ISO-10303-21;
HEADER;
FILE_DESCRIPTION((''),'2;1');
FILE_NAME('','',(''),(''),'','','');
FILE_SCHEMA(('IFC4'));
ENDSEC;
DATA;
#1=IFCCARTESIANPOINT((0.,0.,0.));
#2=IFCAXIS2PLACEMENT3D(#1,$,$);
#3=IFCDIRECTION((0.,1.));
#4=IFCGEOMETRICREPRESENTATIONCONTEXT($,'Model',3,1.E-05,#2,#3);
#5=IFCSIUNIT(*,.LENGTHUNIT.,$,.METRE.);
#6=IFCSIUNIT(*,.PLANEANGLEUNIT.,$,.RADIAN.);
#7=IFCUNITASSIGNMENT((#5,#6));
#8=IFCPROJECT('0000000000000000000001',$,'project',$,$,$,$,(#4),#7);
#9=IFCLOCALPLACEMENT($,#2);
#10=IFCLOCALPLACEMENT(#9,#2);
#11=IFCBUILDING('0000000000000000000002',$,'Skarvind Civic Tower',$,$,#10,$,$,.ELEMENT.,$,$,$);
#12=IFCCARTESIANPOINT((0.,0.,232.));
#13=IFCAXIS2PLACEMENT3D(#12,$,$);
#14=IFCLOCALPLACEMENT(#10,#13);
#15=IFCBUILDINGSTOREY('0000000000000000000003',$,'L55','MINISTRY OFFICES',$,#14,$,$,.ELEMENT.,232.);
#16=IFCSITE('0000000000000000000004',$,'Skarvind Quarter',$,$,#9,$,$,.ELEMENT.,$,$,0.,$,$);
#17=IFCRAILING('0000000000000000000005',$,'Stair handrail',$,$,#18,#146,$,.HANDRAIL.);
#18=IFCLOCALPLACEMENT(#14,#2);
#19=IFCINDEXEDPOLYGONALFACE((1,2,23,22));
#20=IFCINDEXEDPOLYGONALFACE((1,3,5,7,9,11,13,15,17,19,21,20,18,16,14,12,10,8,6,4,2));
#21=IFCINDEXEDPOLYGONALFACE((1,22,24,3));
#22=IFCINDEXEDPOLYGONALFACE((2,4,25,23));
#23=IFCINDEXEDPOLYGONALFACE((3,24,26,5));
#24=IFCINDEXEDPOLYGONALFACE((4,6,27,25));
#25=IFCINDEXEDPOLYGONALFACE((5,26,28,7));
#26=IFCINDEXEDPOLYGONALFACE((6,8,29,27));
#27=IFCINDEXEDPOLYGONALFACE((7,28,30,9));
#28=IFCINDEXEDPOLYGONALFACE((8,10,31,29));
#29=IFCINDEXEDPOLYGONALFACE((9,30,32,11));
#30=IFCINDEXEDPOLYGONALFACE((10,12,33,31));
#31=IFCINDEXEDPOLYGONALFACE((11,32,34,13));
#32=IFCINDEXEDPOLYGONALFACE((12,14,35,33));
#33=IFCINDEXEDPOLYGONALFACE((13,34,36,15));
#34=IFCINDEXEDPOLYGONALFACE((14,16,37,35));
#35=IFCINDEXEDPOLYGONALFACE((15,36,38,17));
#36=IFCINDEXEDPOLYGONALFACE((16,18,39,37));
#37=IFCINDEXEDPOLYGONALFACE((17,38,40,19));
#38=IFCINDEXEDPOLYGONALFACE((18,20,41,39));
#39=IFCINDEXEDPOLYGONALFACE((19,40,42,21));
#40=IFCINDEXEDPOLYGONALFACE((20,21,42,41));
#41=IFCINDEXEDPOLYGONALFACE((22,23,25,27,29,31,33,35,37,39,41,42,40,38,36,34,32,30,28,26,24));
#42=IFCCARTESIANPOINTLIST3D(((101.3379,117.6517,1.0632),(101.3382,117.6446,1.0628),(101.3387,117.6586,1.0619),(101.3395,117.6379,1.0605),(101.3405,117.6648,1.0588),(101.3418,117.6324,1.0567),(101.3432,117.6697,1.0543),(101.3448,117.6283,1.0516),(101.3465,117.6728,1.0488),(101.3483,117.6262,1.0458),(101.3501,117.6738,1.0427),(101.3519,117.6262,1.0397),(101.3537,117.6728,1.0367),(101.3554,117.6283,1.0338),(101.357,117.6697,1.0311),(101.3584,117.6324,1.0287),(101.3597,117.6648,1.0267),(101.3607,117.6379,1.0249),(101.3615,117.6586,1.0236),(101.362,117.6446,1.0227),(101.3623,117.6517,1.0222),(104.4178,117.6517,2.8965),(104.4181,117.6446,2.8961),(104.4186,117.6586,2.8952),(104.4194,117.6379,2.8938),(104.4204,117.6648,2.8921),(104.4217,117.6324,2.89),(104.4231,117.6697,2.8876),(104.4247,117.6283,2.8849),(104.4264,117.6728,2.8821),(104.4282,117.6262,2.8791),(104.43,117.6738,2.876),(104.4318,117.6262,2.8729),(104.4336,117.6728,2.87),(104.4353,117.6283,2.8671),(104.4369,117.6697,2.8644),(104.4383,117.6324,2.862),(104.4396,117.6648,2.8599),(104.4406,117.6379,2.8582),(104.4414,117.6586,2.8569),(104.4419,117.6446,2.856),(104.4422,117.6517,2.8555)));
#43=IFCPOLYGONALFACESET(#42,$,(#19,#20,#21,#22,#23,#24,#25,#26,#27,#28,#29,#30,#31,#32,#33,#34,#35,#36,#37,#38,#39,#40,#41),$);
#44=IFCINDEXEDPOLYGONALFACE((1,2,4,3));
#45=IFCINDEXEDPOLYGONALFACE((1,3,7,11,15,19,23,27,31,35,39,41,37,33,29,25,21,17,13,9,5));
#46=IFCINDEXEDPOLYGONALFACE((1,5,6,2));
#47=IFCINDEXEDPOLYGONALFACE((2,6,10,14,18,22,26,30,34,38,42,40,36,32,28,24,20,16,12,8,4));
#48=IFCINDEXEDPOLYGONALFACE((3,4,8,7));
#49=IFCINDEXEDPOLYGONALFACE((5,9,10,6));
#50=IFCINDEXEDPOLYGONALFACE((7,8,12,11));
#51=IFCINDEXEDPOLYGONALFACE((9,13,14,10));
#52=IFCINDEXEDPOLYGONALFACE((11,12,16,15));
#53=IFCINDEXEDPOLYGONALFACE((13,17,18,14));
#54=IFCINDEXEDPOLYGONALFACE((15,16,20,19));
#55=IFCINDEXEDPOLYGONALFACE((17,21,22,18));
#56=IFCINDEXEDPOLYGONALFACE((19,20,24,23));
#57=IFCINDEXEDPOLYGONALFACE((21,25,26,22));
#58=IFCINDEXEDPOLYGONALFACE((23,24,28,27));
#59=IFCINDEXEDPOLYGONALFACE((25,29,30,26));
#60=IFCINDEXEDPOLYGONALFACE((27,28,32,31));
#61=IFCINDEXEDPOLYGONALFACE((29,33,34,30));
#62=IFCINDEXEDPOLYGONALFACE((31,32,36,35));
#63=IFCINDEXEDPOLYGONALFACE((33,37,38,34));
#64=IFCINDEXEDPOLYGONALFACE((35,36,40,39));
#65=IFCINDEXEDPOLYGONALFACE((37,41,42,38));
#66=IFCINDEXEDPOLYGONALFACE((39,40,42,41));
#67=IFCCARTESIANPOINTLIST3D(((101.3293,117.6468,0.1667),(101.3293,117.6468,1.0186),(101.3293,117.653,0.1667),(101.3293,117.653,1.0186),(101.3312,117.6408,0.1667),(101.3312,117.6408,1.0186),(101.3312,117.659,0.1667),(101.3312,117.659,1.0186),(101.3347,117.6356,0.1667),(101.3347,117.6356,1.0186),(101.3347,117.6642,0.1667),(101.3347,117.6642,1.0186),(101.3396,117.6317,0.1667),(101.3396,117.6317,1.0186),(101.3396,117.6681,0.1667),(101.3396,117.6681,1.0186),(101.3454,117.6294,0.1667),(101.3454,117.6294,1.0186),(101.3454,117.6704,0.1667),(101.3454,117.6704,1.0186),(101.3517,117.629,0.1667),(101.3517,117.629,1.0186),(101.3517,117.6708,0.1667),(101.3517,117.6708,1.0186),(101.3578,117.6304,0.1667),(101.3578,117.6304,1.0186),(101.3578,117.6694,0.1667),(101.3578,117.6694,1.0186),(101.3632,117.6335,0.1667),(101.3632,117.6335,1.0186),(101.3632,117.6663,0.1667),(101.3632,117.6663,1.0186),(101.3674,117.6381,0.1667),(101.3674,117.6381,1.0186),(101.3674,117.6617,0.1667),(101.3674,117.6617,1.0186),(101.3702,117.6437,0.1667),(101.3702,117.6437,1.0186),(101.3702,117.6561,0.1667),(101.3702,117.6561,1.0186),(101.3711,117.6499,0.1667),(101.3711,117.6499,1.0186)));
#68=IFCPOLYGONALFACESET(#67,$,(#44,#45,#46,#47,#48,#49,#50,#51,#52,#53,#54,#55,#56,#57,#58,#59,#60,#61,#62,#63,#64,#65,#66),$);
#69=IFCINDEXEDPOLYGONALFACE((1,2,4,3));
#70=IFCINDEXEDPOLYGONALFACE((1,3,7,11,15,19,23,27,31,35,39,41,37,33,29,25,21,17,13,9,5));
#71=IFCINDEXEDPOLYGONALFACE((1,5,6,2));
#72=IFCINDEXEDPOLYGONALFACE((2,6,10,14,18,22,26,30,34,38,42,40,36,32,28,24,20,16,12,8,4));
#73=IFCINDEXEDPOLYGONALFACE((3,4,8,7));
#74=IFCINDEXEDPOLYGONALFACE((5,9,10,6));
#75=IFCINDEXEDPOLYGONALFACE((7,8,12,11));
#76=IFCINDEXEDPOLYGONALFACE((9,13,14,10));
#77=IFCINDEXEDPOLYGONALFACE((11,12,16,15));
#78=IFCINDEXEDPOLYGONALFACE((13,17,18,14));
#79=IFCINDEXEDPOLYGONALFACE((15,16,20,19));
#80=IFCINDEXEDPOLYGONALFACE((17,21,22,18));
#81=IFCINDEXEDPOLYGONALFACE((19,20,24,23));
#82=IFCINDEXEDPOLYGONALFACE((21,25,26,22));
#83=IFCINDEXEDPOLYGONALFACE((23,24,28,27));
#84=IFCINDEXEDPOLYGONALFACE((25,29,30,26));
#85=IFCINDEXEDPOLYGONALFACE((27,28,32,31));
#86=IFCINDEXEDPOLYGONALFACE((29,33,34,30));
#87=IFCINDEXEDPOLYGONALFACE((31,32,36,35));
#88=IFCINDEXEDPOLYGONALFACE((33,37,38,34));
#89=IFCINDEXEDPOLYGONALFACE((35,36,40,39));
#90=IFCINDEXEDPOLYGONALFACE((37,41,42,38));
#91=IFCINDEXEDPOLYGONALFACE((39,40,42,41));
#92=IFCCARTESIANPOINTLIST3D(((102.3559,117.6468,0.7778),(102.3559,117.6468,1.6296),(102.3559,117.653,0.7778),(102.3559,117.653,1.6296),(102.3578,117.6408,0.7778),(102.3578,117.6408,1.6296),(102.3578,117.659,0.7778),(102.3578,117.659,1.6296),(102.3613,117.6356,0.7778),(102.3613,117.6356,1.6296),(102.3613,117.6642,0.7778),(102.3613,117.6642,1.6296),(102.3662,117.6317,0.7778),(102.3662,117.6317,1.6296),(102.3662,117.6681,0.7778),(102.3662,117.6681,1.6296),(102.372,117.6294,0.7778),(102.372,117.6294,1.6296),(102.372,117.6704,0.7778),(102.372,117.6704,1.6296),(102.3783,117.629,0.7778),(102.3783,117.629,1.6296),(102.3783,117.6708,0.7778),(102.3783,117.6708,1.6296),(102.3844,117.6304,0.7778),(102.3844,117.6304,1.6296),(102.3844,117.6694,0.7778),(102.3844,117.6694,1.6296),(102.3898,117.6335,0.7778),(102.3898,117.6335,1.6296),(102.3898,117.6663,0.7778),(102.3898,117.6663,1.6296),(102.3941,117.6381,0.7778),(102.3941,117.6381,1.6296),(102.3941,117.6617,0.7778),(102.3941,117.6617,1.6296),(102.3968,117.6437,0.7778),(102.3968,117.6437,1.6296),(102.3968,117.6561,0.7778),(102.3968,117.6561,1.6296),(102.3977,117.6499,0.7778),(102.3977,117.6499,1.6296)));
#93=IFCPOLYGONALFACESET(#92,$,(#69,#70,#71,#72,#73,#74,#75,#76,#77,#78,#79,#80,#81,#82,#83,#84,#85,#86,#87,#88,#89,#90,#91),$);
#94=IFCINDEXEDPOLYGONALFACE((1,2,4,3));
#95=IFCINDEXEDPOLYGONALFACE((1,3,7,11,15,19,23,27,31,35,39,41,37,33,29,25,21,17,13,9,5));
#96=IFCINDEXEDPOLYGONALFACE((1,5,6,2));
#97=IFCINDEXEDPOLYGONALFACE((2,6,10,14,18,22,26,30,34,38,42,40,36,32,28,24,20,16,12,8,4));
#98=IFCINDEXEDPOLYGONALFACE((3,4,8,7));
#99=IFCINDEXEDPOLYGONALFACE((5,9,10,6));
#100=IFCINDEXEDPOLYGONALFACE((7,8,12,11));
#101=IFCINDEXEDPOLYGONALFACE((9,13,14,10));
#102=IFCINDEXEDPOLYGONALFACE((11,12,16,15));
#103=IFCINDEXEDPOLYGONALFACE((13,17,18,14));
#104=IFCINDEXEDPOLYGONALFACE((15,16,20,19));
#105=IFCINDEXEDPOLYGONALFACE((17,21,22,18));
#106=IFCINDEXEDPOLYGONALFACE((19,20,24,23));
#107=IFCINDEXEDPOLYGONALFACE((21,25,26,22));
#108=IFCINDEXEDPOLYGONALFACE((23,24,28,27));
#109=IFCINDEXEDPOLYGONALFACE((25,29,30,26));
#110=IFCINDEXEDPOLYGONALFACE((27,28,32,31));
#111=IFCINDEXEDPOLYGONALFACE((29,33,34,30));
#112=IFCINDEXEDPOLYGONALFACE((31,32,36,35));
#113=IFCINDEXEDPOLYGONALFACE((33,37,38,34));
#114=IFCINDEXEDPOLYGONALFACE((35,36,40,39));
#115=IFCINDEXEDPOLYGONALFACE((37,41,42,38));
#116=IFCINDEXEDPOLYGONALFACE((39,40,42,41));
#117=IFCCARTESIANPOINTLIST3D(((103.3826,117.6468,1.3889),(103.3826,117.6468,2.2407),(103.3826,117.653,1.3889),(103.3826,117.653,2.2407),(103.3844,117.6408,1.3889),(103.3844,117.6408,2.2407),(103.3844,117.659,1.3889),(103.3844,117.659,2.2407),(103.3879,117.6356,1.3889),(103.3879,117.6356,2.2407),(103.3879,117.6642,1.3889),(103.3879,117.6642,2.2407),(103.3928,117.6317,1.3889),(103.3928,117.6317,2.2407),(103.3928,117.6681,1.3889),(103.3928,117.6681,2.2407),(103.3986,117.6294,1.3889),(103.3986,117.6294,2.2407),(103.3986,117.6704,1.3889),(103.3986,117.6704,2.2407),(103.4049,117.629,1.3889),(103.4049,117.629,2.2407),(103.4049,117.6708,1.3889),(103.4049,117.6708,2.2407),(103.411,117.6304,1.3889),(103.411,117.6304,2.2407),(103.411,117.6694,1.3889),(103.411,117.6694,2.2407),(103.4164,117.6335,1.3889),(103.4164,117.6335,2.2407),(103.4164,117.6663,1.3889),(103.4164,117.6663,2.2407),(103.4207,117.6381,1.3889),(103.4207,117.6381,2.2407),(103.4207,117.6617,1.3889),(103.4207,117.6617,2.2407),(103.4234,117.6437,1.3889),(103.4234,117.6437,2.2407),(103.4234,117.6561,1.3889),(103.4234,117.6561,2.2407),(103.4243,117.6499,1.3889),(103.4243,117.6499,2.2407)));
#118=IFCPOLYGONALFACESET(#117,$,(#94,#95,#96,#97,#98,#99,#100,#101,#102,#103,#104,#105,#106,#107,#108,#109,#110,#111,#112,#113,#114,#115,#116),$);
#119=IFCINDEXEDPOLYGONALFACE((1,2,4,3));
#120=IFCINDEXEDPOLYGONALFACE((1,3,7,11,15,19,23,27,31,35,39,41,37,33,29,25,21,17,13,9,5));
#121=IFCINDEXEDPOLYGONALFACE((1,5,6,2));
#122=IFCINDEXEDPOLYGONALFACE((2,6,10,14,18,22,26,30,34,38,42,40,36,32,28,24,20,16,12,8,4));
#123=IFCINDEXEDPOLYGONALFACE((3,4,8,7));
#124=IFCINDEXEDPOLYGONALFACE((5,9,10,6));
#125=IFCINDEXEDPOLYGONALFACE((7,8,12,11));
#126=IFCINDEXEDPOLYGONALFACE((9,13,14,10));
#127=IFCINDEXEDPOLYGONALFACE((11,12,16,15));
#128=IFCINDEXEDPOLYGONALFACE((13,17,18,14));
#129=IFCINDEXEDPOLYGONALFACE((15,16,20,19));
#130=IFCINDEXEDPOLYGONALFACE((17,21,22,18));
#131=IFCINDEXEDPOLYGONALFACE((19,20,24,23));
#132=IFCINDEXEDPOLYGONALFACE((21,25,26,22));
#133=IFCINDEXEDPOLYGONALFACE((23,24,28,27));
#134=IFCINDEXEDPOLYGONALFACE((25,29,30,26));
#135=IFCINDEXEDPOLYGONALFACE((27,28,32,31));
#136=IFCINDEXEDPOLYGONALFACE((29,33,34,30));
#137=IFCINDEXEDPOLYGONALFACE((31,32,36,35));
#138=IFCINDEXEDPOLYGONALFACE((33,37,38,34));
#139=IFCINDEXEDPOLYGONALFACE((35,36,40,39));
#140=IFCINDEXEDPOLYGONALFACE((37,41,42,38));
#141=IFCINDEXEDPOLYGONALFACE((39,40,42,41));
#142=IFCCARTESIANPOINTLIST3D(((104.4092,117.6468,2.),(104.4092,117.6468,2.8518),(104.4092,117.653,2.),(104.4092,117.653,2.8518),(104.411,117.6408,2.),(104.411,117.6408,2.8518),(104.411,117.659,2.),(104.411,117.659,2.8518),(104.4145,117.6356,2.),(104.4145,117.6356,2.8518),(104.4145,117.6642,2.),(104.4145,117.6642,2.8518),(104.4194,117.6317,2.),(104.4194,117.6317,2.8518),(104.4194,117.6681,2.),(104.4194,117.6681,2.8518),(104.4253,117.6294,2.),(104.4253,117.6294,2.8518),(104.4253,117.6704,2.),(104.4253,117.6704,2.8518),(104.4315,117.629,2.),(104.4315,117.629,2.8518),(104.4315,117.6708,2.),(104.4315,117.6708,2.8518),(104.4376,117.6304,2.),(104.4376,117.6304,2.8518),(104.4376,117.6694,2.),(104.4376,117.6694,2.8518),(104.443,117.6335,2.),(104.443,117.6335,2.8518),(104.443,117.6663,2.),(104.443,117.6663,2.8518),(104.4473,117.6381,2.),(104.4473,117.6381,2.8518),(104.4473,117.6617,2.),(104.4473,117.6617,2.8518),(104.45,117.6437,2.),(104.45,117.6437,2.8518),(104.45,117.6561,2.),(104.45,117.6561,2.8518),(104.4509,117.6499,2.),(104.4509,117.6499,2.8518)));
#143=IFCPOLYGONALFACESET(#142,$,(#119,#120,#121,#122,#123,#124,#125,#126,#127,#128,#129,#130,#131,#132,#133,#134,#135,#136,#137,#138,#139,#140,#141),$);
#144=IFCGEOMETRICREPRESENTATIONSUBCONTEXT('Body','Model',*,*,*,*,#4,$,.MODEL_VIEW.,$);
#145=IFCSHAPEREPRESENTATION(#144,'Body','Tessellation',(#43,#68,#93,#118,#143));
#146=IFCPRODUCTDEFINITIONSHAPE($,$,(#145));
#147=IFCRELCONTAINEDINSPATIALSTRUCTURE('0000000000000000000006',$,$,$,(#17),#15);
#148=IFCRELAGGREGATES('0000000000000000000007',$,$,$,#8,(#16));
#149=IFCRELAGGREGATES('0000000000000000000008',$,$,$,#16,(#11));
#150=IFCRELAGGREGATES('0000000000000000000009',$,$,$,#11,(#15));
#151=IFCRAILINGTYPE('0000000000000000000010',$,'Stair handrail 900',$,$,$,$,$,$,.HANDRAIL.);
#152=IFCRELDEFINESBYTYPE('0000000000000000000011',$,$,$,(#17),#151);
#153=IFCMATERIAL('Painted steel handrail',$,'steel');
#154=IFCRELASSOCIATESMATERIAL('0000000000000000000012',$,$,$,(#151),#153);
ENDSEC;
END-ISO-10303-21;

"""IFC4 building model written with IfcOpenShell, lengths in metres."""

from ifc_helpers import new_model, si_unit, direction, frame, origin, origin_2d, place, context, subcontext, project, spatial, circle, extrude, material, type_object, element, save


model = new_model("IFC4")

# Units and contexts
model_context = context("Model", 3, precision=1e-05, world=origin(), true_north=direction((0.0, 1.0)))
body_context = subcontext(model_context, "Body", "Model", "MODEL_VIEW")
ifc_project = project(units=[si_unit("LENGTHUNIT", "METRE"), si_unit("PLANEANGLEUNIT", "RADIAN")], contexts=[model_context])

# Site, building, storey
site_placement = place(None, origin())
site = spatial("IfcSite", under=ifc_project, at=site_placement, Name="Skarvind Quarter", CompositionType="ELEMENT", RefElevation=0.0)
building_placement = place(site_placement, origin())
building = spatial("IfcBuilding", under=site, at=building_placement, Name="Skarvind Civic Tower", CompositionType="ELEMENT")
storey_placement = place(building_placement, frame((0.0, 0.0, 232.0)))
storey = spatial("IfcBuildingStorey", under=building, at=storey_placement, Name="L55", Description="MINISTRY OFFICES", CompositionType="ELEMENT", Elevation=232.0)

# Railing
ifc_material_1 = material(Name="Painted steel handrail", Category="steel")
railing_type = type_object("IfcRailingType", Name="Stair handrail 900", PredefinedType="HANDRAIL", material=ifc_material_1)
railing_1_placement = place(storey_placement, frame((101.3501, 117.6499, 0.1667)))
element("IfcRailing", 1, at=railing_1_placement, inside=storey, type_object=railing_type, Name="Stair handrail", PredefinedType="HANDRAIL", context=body_context, shape_type="SweptSolid", body=[
    extrude(circle(Radius=0.0239, at=origin_2d()), frame((0.0, 0.0, 0.876), z_axis=(0.859291, 0.0, 0.511487), x_axis=(0.0, 1.0, 0.0)), (0.0, 0.0, 1.0), 3.5842),
    extrude(circle(Radius=0.021, at=origin_2d()), origin(), (0.0, 0.0, 1.0), 0.8518),
    extrude(circle(Radius=0.021, at=origin_2d()), frame((1.0266, 0.0, 0.6111)), (0.0, 0.0, 1.0), 0.8518),
    extrude(circle(Radius=0.021, at=origin_2d()), frame((2.0532, 0.0, 1.2222)), (0.0, 0.0, 1.0), 0.8518),
    extrude(circle(Radius=0.021, at=origin_2d()), frame((3.0798, 0.0, 1.8333)), (0.0, 0.0, 1.0), 0.8518),
])

save(model, "model.ifc")
